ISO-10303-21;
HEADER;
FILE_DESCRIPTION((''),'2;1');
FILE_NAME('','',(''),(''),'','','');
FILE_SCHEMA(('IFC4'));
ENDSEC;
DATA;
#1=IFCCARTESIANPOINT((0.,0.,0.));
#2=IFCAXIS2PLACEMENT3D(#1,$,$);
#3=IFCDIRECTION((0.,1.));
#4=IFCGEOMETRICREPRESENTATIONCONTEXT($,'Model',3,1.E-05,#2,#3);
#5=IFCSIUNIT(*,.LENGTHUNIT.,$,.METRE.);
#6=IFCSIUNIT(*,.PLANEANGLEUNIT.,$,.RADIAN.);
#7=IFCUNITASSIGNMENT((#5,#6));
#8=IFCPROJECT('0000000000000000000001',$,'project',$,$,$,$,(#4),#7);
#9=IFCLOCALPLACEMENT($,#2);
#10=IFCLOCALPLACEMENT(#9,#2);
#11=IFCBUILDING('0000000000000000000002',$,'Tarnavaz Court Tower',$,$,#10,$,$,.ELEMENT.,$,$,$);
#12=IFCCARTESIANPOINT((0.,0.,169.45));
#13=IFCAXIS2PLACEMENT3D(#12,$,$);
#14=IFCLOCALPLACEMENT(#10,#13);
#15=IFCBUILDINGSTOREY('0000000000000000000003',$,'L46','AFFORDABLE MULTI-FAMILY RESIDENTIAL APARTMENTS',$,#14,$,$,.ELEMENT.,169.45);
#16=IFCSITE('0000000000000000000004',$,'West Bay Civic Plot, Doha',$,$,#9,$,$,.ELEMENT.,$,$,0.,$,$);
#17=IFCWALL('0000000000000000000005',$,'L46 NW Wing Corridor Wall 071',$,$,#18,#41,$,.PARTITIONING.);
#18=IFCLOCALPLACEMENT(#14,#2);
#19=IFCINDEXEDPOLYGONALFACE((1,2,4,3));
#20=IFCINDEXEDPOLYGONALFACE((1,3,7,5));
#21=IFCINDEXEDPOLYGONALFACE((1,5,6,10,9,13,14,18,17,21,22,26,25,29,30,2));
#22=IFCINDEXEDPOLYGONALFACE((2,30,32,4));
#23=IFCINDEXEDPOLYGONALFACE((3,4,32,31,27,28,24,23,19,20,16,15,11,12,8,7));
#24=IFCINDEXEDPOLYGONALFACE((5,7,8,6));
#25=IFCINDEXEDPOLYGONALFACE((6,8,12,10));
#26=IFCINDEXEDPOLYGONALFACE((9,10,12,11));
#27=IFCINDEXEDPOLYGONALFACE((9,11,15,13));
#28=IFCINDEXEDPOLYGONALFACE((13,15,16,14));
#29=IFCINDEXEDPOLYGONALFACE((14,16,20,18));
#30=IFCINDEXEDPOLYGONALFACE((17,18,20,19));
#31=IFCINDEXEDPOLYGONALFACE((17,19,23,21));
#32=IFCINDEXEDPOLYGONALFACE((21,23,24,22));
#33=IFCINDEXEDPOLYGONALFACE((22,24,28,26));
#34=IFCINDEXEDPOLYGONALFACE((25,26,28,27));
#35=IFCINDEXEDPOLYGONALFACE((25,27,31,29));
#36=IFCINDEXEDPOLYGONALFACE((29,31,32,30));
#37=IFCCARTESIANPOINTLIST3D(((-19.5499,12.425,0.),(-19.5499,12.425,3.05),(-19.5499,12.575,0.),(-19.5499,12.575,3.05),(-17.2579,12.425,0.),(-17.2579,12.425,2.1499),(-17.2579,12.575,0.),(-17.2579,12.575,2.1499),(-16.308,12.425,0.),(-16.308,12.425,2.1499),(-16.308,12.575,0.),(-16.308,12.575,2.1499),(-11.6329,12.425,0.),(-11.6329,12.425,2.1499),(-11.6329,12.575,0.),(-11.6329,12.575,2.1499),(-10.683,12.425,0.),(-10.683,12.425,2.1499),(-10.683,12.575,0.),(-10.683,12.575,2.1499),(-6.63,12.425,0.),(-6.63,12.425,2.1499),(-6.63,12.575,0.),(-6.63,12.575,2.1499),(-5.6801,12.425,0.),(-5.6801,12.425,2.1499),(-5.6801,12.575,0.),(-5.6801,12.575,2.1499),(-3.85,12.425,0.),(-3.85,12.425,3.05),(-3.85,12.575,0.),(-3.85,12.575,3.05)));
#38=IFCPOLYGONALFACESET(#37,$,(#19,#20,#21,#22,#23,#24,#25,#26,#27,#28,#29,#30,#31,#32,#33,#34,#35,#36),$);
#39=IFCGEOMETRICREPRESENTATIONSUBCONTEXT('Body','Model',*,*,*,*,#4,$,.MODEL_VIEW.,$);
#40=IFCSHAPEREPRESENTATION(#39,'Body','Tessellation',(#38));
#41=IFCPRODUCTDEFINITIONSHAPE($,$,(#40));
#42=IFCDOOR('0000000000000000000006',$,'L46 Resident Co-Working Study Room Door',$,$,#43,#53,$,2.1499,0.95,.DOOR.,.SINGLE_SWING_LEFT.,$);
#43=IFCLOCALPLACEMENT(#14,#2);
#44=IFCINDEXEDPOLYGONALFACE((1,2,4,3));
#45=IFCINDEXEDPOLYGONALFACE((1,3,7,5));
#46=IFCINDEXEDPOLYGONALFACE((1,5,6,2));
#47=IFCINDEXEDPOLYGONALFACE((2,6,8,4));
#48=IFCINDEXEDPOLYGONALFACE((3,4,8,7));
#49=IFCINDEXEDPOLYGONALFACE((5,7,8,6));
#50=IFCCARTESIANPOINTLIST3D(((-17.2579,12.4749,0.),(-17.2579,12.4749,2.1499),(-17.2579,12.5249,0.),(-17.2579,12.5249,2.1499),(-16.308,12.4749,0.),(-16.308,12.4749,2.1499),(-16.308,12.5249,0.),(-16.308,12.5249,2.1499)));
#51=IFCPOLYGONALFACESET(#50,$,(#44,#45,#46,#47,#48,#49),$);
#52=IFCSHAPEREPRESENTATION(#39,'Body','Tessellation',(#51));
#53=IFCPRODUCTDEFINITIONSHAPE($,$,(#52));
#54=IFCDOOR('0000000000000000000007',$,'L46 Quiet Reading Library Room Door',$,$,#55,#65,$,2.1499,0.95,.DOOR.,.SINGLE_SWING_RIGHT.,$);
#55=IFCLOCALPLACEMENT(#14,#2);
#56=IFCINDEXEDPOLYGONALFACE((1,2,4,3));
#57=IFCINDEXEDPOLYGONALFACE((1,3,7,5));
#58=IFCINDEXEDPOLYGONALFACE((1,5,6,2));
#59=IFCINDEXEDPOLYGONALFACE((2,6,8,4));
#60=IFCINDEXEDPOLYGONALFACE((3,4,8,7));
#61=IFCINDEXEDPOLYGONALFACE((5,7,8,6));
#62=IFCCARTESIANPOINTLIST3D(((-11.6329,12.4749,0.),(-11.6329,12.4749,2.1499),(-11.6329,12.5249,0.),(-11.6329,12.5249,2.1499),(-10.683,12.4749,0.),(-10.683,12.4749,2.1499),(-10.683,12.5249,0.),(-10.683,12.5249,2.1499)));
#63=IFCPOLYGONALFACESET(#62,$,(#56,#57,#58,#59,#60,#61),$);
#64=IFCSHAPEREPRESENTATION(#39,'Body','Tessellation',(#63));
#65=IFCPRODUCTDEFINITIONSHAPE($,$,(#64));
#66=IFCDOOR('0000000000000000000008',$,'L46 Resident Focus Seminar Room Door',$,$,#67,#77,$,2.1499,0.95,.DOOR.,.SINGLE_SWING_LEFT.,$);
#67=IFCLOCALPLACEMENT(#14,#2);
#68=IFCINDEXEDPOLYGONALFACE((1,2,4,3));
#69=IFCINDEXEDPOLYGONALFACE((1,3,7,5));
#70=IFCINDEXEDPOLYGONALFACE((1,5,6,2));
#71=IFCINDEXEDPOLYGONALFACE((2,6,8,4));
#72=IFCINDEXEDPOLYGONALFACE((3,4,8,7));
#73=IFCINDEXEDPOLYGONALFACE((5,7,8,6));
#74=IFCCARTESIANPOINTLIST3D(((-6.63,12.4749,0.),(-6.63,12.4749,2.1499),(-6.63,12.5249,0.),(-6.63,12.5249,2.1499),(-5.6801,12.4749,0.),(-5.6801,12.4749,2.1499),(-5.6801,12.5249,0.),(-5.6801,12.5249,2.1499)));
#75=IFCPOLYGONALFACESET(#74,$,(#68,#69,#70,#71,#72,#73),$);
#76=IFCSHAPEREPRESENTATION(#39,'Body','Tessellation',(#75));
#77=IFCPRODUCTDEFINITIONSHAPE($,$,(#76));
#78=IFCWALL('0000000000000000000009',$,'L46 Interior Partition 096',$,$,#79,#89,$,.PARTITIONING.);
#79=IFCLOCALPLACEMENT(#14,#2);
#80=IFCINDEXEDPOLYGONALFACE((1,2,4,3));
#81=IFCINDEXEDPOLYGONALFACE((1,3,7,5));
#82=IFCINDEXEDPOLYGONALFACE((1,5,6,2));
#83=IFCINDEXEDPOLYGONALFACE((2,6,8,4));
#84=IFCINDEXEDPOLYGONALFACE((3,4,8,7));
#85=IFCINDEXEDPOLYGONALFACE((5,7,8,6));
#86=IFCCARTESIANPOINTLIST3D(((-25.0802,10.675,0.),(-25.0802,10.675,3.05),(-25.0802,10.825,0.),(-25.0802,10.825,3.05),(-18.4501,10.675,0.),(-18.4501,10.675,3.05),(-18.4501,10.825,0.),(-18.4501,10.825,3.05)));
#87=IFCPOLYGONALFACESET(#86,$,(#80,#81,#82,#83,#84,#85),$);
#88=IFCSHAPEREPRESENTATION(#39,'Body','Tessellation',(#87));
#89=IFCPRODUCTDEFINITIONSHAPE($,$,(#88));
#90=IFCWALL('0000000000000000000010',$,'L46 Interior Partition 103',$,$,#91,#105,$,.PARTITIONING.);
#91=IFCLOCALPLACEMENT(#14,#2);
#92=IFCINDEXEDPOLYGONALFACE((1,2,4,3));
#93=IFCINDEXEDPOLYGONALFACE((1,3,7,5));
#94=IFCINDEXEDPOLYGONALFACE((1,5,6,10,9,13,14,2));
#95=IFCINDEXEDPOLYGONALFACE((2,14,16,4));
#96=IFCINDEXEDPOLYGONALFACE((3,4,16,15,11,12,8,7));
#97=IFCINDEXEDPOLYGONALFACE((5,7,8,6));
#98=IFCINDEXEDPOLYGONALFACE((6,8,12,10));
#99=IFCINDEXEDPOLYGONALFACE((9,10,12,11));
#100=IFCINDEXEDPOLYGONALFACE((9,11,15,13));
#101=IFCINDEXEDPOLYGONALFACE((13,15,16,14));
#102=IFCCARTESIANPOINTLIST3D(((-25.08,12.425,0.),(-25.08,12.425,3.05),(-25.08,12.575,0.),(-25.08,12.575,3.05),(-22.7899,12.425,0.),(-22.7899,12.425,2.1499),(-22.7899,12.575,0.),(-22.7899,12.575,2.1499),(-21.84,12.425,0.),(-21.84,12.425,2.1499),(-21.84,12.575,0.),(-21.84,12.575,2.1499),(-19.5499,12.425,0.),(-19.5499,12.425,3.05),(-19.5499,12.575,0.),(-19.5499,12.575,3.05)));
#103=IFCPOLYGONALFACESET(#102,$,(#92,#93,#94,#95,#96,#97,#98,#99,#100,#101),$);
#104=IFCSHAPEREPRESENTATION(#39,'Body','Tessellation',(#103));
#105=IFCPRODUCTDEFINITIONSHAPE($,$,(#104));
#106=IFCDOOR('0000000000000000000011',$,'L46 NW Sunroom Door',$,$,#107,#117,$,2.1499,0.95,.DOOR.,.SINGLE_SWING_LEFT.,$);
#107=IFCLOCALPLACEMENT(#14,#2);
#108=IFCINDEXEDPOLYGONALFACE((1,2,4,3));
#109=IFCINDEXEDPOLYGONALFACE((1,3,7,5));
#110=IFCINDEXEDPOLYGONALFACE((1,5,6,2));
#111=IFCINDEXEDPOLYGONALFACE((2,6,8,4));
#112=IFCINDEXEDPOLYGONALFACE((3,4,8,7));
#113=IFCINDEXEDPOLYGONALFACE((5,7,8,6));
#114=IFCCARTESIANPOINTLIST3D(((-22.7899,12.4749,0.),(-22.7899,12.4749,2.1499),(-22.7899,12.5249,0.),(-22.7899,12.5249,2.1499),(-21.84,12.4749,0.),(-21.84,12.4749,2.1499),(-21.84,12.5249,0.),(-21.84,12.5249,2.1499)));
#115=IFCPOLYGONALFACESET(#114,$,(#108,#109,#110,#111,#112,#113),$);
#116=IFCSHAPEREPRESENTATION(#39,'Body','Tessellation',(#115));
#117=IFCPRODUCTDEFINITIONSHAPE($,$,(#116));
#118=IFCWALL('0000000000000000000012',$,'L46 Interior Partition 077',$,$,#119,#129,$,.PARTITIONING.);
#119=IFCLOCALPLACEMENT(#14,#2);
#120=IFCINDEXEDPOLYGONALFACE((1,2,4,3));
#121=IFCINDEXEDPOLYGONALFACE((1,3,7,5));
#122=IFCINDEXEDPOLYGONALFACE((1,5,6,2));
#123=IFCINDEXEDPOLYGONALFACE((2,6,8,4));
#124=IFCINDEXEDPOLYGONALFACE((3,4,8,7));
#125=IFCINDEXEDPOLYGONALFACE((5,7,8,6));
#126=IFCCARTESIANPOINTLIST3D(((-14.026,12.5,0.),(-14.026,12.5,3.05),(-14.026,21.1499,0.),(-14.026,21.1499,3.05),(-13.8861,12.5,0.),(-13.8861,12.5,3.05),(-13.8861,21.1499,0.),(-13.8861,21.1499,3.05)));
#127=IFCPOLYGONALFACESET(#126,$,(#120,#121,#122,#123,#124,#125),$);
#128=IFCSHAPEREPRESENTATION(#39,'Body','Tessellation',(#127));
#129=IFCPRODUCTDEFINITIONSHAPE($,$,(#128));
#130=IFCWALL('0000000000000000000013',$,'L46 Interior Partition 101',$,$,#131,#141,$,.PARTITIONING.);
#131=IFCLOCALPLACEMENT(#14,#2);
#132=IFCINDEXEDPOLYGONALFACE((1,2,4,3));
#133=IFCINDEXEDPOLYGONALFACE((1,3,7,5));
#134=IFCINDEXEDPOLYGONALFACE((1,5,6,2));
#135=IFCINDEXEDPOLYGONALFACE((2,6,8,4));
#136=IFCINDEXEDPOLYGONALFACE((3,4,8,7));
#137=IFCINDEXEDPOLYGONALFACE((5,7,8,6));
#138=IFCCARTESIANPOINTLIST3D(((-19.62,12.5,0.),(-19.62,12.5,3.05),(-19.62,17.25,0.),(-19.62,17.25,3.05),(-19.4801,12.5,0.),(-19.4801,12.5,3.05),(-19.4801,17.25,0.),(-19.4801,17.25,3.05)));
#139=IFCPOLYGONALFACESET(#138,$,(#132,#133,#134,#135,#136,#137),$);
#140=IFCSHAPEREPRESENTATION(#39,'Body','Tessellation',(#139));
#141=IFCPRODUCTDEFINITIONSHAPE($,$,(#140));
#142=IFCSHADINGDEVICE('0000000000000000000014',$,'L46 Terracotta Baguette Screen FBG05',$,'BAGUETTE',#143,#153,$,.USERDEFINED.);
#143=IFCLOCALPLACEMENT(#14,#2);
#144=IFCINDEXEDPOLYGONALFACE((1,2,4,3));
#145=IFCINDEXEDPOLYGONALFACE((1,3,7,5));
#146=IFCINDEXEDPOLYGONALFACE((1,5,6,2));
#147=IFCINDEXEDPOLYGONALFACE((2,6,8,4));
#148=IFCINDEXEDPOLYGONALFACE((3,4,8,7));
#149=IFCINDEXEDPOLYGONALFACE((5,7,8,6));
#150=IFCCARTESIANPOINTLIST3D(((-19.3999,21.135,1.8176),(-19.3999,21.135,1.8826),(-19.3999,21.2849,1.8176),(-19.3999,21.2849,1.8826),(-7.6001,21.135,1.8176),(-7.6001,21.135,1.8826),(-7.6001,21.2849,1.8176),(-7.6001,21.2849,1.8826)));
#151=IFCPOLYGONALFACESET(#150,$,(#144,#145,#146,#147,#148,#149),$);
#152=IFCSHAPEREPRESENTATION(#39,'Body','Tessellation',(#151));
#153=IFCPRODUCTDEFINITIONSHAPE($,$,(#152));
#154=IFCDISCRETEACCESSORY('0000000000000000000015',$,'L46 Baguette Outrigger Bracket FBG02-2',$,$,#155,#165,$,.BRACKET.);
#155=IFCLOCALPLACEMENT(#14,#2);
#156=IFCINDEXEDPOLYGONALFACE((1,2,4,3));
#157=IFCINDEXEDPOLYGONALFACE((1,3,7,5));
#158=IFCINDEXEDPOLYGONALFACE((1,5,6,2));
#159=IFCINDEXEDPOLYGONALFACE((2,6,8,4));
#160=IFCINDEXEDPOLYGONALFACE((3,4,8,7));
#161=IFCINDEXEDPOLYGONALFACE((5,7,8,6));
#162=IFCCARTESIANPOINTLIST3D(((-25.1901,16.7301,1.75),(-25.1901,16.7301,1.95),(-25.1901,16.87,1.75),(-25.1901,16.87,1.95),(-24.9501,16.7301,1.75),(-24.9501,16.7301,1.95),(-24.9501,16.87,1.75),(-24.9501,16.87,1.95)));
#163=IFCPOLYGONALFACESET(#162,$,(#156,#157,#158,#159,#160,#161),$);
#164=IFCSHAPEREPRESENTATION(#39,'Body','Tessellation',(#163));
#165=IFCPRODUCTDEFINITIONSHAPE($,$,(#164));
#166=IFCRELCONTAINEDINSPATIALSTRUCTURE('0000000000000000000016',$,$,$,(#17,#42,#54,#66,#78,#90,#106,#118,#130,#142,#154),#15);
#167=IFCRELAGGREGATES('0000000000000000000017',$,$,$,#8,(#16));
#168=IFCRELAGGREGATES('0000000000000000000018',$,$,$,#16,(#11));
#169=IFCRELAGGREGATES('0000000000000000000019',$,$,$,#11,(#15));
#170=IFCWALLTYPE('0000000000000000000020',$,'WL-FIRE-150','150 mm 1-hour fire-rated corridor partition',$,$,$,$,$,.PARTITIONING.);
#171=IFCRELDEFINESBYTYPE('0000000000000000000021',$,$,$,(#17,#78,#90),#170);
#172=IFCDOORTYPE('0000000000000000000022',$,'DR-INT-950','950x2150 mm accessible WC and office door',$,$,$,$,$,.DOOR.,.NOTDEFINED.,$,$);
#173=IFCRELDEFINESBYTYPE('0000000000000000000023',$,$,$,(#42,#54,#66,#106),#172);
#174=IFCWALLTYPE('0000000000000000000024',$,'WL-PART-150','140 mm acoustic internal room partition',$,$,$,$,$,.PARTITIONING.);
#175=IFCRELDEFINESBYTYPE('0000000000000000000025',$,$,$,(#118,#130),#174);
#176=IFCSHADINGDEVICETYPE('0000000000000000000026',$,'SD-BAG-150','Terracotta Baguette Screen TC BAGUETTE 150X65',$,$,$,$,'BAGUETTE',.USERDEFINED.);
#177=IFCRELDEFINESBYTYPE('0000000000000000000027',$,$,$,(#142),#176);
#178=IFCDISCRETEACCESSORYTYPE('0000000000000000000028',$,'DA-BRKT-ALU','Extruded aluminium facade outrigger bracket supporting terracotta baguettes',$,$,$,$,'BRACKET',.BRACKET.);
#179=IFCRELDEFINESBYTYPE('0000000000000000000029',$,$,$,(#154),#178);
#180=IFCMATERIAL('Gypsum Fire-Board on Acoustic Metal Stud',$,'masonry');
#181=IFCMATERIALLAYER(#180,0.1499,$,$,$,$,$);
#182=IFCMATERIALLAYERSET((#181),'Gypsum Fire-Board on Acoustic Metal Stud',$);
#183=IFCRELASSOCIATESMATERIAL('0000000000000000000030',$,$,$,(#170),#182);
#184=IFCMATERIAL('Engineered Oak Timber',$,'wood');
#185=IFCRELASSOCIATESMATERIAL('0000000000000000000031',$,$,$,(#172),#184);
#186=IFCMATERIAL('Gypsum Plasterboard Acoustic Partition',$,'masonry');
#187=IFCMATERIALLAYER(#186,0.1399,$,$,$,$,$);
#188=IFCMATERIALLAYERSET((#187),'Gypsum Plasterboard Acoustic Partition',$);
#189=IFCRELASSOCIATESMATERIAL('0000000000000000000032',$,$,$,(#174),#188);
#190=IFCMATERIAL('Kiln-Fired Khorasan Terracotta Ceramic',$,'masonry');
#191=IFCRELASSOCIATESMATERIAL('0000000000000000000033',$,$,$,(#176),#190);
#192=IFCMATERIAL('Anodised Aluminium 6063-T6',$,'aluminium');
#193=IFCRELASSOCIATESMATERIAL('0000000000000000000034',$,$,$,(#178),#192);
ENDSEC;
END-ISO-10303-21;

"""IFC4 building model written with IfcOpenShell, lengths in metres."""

from ifc_helpers import new_model, si_unit, direction, frame, frame_2d, origin, origin_2d, place, context, subcontext, project, spatial, rectangle, extrude, material, layer, layer_set, material_profile, profile_set, type_object, element, fill, save


model = new_model("IFC4")

# Units and contexts
model_context = context("Model", 3, precision=1e-05, world=origin(), true_north=direction((0.0, 1.0)))
body_context = subcontext(model_context, "Body", "Model", "MODEL_VIEW")
ifc_project = project(units=[si_unit("LENGTHUNIT", "METRE"), si_unit("PLANEANGLEUNIT", "RADIAN")], contexts=[model_context])

# Site, building, storey
site_placement = place(None, origin())
site = spatial("IfcSite", under=ifc_project, at=site_placement, Name="West Bay Civic Plot, Doha", CompositionType="ELEMENT", RefElevation=0.0)
building_placement = place(site_placement, origin())
building = spatial("IfcBuilding", under=site, at=building_placement, Name="Tarnavaz Court Tower", CompositionType="ELEMENT")
storey_placement = place(building_placement, frame((0.0, 0.0, 169.45)))
storey = spatial("IfcBuildingStorey", under=building, at=storey_placement, Name="L46", Description="AFFORDABLE MULTI-FAMILY RESIDENTIAL APARTMENTS", CompositionType="ELEMENT", Elevation=169.45)

# Wall, openings, doors
ifc_material_1 = material(Name="Gypsum Fire-Board on Acoustic Metal Stud", Category="masonry")
ifc_layer_1 = layer(ifc_material_1, 0.1499)
ifc_layer_set_1 = layer_set([ifc_layer_1], Name="Gypsum Fire-Board on Acoustic Metal Stud")
wall_type_1 = type_object("IfcWallType", Name="WL-FIRE-150", Description="150 mm 1-hour fire-rated corridor partition", PredefinedType="PARTITIONING", material=ifc_layer_set_1)
wall_1_placement = place(storey_placement, frame((-19.55, 12.5, 0.0), z_axis=(0.0, 0.0, 1.0), x_axis=(1.0, 0.0, 0.0)))
wall_1 = element("IfcWall", 1, at=wall_1_placement, inside=storey, type_object=wall_type_1, Name="L46 NW Wing Corridor Wall 071", PredefinedType="PARTITIONING", context=body_context, shape_type="SweptSolid", body=[
    extrude(rectangle(XDim=15.7, YDim=0.1499, at=frame_2d((7.8501, 0.0))), origin(), (0.0, 0.0, 1.0), 3.05),
])
opening_1_placement = place(wall_1_placement, frame((2.292, 0.0, 0.0)))
opening_1 = element("IfcOpeningElement", 2, at=opening_1_placement, cuts=wall_1, PredefinedType="OPENING", context=body_context, shape_type="SweptSolid", body=[
    extrude(rectangle(XDim=0.95, YDim=2.1499, at=frame_2d((0.4751, 1.075))), frame((0.0, 0.085, 0.0), z_axis=(0.0, -1.0, 0.0), x_axis=(1.0, 0.0, 0.0)), (0.0, 0.0, 1.0), 0.1699),
])
opening_2_placement = place(wall_1_placement, frame((7.917, 0.0, 0.0)))
opening_2 = element("IfcOpeningElement", 3, at=opening_2_placement, cuts=wall_1, PredefinedType="OPENING", context=body_context, shape_type="SweptSolid", body=[
    extrude(rectangle(XDim=0.95, YDim=2.1499, at=frame_2d((0.4751, 1.075))), frame((0.0, 0.085, 0.0), z_axis=(0.0, -1.0, 0.0), x_axis=(1.0, 0.0, 0.0)), (0.0, 0.0, 1.0), 0.1699),
])
opening_3_placement = place(wall_1_placement, frame((12.9199, 0.0, 0.0)))
opening_3 = element("IfcOpeningElement", 4, at=opening_3_placement, cuts=wall_1, PredefinedType="OPENING", context=body_context, shape_type="SweptSolid", body=[
    extrude(rectangle(XDim=0.95, YDim=2.1499, at=frame_2d((0.4751, 1.075))), frame((0.0, 0.085, 0.0), z_axis=(0.0, -1.0, 0.0), x_axis=(1.0, 0.0, 0.0)), (0.0, 0.0, 1.0), 0.1699),
])
ifc_material_2 = material(Name="Engineered Oak Timber", Category="wood")
door_type = type_object("IfcDoorType", Name="DR-INT-950", Description="950x2150 mm accessible WC and office door", OperationType="NOTDEFINED", PredefinedType="DOOR", material=ifc_material_2)
door_1_placement = place(opening_1_placement, origin())
door_1 = element("IfcDoor", 5, at=door_1_placement, inside=storey, type_object=door_type, Name="L46 Resident Co-Working Study Room Door", OperationType="SINGLE_SWING_LEFT", OverallHeight=2.1499, OverallWidth=0.95, PredefinedType="DOOR", context=body_context, shape_type="SweptSolid", body=[
    extrude(rectangle(XDim=0.95, YDim=2.1499, at=frame_2d((0.4751, 1.075))), frame((0.0, 0.0249, 0.0), z_axis=(0.0, -1.0, 0.0), x_axis=(1.0, 0.0, 0.0)), (0.0, 0.0, 1.0), 0.05),
])
fill(opening_1, door_1)
door_2_placement = place(opening_2_placement, origin())
door_2 = element("IfcDoor", 6, at=door_2_placement, inside=storey, type_object=door_type, Name="L46 Quiet Reading Library Room Door", OperationType="SINGLE_SWING_RIGHT", OverallHeight=2.1499, OverallWidth=0.95, PredefinedType="DOOR", context=body_context, shape_type="SweptSolid", body=[
    extrude(rectangle(XDim=0.95, YDim=2.1499, at=frame_2d((0.4751, 1.075))), frame((0.0, 0.0249, 0.0), z_axis=(0.0, -1.0, 0.0), x_axis=(1.0, 0.0, 0.0)), (0.0, 0.0, 1.0), 0.05),
])
fill(opening_2, door_2)
door_3_placement = place(opening_3_placement, origin())
door_3 = element("IfcDoor", 7, at=door_3_placement, inside=storey, type_object=door_type, Name="L46 Resident Focus Seminar Room Door", OperationType="SINGLE_SWING_LEFT", OverallHeight=2.1499, OverallWidth=0.95, PredefinedType="DOOR", context=body_context, shape_type="SweptSolid", body=[
    extrude(rectangle(XDim=0.95, YDim=2.1499, at=frame_2d((0.4751, 1.075))), frame((0.0, 0.0249, 0.0), z_axis=(0.0, -1.0, 0.0), x_axis=(1.0, 0.0, 0.0)), (0.0, 0.0, 1.0), 0.05),
])
fill(opening_3, door_3)

# Wall
wall_2_placement = place(storey_placement, frame((-25.0801, 10.75, 0.0), z_axis=(0.0, 0.0, 1.0), x_axis=(1.0, 0.0, 0.0)))
element("IfcWall", 8, at=wall_2_placement, inside=storey, type_object=wall_type_1, Name="L46 Interior Partition 096", PredefinedType="PARTITIONING", context=body_context, shape_type="SweptSolid", body=[
    extrude(rectangle(XDim=6.6301, YDim=0.1499, at=frame_2d((3.3149, 0.0))), origin(), (0.0, 0.0, 1.0), 3.05),
])

# Wall, opening, door
wall_3_placement = place(storey_placement, frame((-25.0801, 12.5, 0.0), z_axis=(0.0, 0.0, 1.0), x_axis=(1.0, 0.0, 0.0)))
wall_3 = element("IfcWall", 9, at=wall_3_placement, inside=storey, type_object=wall_type_1, Name="L46 Interior Partition 103", PredefinedType="PARTITIONING", context=body_context, shape_type="SweptSolid", body=[
    extrude(rectangle(XDim=5.53, YDim=0.1499, at=frame_2d((2.7651, 0.0))), origin(), (0.0, 0.0, 1.0), 3.05),
])
opening_4_placement = place(wall_3_placement, frame((2.29, 0.0, 0.0)))
opening_4 = element("IfcOpeningElement", 10, at=opening_4_placement, cuts=wall_3, PredefinedType="OPENING", context=body_context, shape_type="SweptSolid", body=[
    extrude(rectangle(XDim=0.95, YDim=2.1499, at=frame_2d((0.4751, 1.075))), frame((0.0, 0.085, 0.0), z_axis=(0.0, -1.0, 0.0), x_axis=(1.0, 0.0, 0.0)), (0.0, 0.0, 1.0), 0.1699),
])
door_4_placement = place(opening_4_placement, origin())
door_4 = element("IfcDoor", 11, at=door_4_placement, inside=storey, type_object=door_type, Name="L46 NW Sunroom Door", OperationType="SINGLE_SWING_LEFT", OverallHeight=2.1499, OverallWidth=0.95, PredefinedType="DOOR", context=body_context, shape_type="SweptSolid", body=[
    extrude(rectangle(XDim=0.95, YDim=2.1499, at=frame_2d((0.4751, 1.075))), frame((0.0, 0.0249, 0.0), z_axis=(0.0, -1.0, 0.0), x_axis=(1.0, 0.0, 0.0)), (0.0, 0.0, 1.0), 0.05),
])
fill(opening_4, door_4)

# Walls
ifc_material_3 = material(Name="Gypsum Plasterboard Acoustic Partition", Category="masonry")
ifc_layer_2 = layer(ifc_material_3, 0.1399)
ifc_layer_set_2 = layer_set([ifc_layer_2], Name="Gypsum Plasterboard Acoustic Partition")
wall_type_2 = type_object("IfcWallType", Name="WL-PART-150", Description="140 mm acoustic internal room partition", PredefinedType="PARTITIONING", material=ifc_layer_set_2)
wall_4_placement = place(storey_placement, frame((-13.9561, 12.5, 0.0), z_axis=(0.0, 0.0, 1.0), x_axis=(0.0, 1.0, 0.0)))
element("IfcWall", 12, at=wall_4_placement, inside=storey, type_object=wall_type_2, Name="L46 Interior Partition 077", PredefinedType="PARTITIONING", context=body_context, shape_type="SweptSolid", body=[
    extrude(rectangle(XDim=8.6499, YDim=0.1399, at=frame_2d((4.325, 0.0))), origin(), (0.0, 0.0, 1.0), 3.05),
])
wall_5_placement = place(storey_placement, frame((-19.55, 12.5, 0.0), z_axis=(0.0, 0.0, 1.0), x_axis=(0.0, 1.0, 0.0)))
element("IfcWall", 13, at=wall_5_placement, inside=storey, type_object=wall_type_2, Name="L46 Interior Partition 101", PredefinedType="PARTITIONING", context=body_context, shape_type="SweptSolid", body=[
    extrude(rectangle(XDim=4.75, YDim=0.1399, at=frame_2d((2.375, 0.0))), origin(), (0.0, 0.0, 1.0), 3.05),
])

# Shading device
ifc_material_4 = material(Name="Kiln-Fired Khorasan Terracotta Ceramic", Category="masonry")
ifc_material_profile_1 = material_profile(ifc_material_4, rectangle(XDim=0.1499, YDim=0.0649, at=origin_2d()), Name="TC BAGUETTE 150X65")
ifc_profile_set_1 = profile_set([ifc_material_profile_1], Name="Kiln-Fired Khorasan Terracotta Ceramic")
shading_device_type = type_object("IfcShadingDeviceType", Name="SD-BAG-150", Description="Terracotta Baguette Screen TC BAGUETTE 150X65", ElementType="BAGUETTE", PredefinedType="USERDEFINED", material=ifc_profile_set_1)
shading_device_placement = place(storey_placement, frame((-19.3999, 21.21, 1.8501), z_axis=(1.0, 0.0, 0.0), x_axis=(0.0, 1.0, 0.0)))
element("IfcShadingDevice", 14, at=shading_device_placement, inside=storey, type_object=shading_device_type, Name="L46 Terracotta Baguette Screen FBG05", ObjectType="BAGUETTE", PredefinedType="USERDEFINED", context=body_context, shape_type="SweptSolid", body=[
    extrude(rectangle(XDim=0.1499, YDim=0.0649, at=origin_2d()), origin(), (0.0, 0.0, 1.0), 11.7998),
])

# Discrete accessory
ifc_material_5 = material(Name="Anodised Aluminium 6063-T6", Category="aluminium")
discrete_accessory_type = type_object("IfcDiscreteAccessoryType", Name="DA-BRKT-ALU", Description="Extruded aluminium facade outrigger bracket supporting terracotta baguettes", ElementType="BRACKET", PredefinedType="BRACKET", material=ifc_material_5)
for number, where, z_axis, x_axis, name in (
    (15, (-25.0701, 16.8, 1.75), (0.0, 0.0, 1.0), (0.0, 1.0, 0.0), "L46 Baguette Outrigger Bracket FBG02-2"),
):
    element("IfcDiscreteAccessory", number, at=place(storey_placement, frame(where, z_axis=z_axis, x_axis=x_axis)), inside=storey, type_object=discrete_accessory_type, Name=name, PredefinedType="BRACKET", context=body_context, shape_type="SweptSolid", body=[
        extrude(rectangle(XDim=0.1399, YDim=0.24, at=origin_2d()), origin(), (0.0, 0.0, 1.0), 0.2),
    ])

save(model, "model.ifc")
